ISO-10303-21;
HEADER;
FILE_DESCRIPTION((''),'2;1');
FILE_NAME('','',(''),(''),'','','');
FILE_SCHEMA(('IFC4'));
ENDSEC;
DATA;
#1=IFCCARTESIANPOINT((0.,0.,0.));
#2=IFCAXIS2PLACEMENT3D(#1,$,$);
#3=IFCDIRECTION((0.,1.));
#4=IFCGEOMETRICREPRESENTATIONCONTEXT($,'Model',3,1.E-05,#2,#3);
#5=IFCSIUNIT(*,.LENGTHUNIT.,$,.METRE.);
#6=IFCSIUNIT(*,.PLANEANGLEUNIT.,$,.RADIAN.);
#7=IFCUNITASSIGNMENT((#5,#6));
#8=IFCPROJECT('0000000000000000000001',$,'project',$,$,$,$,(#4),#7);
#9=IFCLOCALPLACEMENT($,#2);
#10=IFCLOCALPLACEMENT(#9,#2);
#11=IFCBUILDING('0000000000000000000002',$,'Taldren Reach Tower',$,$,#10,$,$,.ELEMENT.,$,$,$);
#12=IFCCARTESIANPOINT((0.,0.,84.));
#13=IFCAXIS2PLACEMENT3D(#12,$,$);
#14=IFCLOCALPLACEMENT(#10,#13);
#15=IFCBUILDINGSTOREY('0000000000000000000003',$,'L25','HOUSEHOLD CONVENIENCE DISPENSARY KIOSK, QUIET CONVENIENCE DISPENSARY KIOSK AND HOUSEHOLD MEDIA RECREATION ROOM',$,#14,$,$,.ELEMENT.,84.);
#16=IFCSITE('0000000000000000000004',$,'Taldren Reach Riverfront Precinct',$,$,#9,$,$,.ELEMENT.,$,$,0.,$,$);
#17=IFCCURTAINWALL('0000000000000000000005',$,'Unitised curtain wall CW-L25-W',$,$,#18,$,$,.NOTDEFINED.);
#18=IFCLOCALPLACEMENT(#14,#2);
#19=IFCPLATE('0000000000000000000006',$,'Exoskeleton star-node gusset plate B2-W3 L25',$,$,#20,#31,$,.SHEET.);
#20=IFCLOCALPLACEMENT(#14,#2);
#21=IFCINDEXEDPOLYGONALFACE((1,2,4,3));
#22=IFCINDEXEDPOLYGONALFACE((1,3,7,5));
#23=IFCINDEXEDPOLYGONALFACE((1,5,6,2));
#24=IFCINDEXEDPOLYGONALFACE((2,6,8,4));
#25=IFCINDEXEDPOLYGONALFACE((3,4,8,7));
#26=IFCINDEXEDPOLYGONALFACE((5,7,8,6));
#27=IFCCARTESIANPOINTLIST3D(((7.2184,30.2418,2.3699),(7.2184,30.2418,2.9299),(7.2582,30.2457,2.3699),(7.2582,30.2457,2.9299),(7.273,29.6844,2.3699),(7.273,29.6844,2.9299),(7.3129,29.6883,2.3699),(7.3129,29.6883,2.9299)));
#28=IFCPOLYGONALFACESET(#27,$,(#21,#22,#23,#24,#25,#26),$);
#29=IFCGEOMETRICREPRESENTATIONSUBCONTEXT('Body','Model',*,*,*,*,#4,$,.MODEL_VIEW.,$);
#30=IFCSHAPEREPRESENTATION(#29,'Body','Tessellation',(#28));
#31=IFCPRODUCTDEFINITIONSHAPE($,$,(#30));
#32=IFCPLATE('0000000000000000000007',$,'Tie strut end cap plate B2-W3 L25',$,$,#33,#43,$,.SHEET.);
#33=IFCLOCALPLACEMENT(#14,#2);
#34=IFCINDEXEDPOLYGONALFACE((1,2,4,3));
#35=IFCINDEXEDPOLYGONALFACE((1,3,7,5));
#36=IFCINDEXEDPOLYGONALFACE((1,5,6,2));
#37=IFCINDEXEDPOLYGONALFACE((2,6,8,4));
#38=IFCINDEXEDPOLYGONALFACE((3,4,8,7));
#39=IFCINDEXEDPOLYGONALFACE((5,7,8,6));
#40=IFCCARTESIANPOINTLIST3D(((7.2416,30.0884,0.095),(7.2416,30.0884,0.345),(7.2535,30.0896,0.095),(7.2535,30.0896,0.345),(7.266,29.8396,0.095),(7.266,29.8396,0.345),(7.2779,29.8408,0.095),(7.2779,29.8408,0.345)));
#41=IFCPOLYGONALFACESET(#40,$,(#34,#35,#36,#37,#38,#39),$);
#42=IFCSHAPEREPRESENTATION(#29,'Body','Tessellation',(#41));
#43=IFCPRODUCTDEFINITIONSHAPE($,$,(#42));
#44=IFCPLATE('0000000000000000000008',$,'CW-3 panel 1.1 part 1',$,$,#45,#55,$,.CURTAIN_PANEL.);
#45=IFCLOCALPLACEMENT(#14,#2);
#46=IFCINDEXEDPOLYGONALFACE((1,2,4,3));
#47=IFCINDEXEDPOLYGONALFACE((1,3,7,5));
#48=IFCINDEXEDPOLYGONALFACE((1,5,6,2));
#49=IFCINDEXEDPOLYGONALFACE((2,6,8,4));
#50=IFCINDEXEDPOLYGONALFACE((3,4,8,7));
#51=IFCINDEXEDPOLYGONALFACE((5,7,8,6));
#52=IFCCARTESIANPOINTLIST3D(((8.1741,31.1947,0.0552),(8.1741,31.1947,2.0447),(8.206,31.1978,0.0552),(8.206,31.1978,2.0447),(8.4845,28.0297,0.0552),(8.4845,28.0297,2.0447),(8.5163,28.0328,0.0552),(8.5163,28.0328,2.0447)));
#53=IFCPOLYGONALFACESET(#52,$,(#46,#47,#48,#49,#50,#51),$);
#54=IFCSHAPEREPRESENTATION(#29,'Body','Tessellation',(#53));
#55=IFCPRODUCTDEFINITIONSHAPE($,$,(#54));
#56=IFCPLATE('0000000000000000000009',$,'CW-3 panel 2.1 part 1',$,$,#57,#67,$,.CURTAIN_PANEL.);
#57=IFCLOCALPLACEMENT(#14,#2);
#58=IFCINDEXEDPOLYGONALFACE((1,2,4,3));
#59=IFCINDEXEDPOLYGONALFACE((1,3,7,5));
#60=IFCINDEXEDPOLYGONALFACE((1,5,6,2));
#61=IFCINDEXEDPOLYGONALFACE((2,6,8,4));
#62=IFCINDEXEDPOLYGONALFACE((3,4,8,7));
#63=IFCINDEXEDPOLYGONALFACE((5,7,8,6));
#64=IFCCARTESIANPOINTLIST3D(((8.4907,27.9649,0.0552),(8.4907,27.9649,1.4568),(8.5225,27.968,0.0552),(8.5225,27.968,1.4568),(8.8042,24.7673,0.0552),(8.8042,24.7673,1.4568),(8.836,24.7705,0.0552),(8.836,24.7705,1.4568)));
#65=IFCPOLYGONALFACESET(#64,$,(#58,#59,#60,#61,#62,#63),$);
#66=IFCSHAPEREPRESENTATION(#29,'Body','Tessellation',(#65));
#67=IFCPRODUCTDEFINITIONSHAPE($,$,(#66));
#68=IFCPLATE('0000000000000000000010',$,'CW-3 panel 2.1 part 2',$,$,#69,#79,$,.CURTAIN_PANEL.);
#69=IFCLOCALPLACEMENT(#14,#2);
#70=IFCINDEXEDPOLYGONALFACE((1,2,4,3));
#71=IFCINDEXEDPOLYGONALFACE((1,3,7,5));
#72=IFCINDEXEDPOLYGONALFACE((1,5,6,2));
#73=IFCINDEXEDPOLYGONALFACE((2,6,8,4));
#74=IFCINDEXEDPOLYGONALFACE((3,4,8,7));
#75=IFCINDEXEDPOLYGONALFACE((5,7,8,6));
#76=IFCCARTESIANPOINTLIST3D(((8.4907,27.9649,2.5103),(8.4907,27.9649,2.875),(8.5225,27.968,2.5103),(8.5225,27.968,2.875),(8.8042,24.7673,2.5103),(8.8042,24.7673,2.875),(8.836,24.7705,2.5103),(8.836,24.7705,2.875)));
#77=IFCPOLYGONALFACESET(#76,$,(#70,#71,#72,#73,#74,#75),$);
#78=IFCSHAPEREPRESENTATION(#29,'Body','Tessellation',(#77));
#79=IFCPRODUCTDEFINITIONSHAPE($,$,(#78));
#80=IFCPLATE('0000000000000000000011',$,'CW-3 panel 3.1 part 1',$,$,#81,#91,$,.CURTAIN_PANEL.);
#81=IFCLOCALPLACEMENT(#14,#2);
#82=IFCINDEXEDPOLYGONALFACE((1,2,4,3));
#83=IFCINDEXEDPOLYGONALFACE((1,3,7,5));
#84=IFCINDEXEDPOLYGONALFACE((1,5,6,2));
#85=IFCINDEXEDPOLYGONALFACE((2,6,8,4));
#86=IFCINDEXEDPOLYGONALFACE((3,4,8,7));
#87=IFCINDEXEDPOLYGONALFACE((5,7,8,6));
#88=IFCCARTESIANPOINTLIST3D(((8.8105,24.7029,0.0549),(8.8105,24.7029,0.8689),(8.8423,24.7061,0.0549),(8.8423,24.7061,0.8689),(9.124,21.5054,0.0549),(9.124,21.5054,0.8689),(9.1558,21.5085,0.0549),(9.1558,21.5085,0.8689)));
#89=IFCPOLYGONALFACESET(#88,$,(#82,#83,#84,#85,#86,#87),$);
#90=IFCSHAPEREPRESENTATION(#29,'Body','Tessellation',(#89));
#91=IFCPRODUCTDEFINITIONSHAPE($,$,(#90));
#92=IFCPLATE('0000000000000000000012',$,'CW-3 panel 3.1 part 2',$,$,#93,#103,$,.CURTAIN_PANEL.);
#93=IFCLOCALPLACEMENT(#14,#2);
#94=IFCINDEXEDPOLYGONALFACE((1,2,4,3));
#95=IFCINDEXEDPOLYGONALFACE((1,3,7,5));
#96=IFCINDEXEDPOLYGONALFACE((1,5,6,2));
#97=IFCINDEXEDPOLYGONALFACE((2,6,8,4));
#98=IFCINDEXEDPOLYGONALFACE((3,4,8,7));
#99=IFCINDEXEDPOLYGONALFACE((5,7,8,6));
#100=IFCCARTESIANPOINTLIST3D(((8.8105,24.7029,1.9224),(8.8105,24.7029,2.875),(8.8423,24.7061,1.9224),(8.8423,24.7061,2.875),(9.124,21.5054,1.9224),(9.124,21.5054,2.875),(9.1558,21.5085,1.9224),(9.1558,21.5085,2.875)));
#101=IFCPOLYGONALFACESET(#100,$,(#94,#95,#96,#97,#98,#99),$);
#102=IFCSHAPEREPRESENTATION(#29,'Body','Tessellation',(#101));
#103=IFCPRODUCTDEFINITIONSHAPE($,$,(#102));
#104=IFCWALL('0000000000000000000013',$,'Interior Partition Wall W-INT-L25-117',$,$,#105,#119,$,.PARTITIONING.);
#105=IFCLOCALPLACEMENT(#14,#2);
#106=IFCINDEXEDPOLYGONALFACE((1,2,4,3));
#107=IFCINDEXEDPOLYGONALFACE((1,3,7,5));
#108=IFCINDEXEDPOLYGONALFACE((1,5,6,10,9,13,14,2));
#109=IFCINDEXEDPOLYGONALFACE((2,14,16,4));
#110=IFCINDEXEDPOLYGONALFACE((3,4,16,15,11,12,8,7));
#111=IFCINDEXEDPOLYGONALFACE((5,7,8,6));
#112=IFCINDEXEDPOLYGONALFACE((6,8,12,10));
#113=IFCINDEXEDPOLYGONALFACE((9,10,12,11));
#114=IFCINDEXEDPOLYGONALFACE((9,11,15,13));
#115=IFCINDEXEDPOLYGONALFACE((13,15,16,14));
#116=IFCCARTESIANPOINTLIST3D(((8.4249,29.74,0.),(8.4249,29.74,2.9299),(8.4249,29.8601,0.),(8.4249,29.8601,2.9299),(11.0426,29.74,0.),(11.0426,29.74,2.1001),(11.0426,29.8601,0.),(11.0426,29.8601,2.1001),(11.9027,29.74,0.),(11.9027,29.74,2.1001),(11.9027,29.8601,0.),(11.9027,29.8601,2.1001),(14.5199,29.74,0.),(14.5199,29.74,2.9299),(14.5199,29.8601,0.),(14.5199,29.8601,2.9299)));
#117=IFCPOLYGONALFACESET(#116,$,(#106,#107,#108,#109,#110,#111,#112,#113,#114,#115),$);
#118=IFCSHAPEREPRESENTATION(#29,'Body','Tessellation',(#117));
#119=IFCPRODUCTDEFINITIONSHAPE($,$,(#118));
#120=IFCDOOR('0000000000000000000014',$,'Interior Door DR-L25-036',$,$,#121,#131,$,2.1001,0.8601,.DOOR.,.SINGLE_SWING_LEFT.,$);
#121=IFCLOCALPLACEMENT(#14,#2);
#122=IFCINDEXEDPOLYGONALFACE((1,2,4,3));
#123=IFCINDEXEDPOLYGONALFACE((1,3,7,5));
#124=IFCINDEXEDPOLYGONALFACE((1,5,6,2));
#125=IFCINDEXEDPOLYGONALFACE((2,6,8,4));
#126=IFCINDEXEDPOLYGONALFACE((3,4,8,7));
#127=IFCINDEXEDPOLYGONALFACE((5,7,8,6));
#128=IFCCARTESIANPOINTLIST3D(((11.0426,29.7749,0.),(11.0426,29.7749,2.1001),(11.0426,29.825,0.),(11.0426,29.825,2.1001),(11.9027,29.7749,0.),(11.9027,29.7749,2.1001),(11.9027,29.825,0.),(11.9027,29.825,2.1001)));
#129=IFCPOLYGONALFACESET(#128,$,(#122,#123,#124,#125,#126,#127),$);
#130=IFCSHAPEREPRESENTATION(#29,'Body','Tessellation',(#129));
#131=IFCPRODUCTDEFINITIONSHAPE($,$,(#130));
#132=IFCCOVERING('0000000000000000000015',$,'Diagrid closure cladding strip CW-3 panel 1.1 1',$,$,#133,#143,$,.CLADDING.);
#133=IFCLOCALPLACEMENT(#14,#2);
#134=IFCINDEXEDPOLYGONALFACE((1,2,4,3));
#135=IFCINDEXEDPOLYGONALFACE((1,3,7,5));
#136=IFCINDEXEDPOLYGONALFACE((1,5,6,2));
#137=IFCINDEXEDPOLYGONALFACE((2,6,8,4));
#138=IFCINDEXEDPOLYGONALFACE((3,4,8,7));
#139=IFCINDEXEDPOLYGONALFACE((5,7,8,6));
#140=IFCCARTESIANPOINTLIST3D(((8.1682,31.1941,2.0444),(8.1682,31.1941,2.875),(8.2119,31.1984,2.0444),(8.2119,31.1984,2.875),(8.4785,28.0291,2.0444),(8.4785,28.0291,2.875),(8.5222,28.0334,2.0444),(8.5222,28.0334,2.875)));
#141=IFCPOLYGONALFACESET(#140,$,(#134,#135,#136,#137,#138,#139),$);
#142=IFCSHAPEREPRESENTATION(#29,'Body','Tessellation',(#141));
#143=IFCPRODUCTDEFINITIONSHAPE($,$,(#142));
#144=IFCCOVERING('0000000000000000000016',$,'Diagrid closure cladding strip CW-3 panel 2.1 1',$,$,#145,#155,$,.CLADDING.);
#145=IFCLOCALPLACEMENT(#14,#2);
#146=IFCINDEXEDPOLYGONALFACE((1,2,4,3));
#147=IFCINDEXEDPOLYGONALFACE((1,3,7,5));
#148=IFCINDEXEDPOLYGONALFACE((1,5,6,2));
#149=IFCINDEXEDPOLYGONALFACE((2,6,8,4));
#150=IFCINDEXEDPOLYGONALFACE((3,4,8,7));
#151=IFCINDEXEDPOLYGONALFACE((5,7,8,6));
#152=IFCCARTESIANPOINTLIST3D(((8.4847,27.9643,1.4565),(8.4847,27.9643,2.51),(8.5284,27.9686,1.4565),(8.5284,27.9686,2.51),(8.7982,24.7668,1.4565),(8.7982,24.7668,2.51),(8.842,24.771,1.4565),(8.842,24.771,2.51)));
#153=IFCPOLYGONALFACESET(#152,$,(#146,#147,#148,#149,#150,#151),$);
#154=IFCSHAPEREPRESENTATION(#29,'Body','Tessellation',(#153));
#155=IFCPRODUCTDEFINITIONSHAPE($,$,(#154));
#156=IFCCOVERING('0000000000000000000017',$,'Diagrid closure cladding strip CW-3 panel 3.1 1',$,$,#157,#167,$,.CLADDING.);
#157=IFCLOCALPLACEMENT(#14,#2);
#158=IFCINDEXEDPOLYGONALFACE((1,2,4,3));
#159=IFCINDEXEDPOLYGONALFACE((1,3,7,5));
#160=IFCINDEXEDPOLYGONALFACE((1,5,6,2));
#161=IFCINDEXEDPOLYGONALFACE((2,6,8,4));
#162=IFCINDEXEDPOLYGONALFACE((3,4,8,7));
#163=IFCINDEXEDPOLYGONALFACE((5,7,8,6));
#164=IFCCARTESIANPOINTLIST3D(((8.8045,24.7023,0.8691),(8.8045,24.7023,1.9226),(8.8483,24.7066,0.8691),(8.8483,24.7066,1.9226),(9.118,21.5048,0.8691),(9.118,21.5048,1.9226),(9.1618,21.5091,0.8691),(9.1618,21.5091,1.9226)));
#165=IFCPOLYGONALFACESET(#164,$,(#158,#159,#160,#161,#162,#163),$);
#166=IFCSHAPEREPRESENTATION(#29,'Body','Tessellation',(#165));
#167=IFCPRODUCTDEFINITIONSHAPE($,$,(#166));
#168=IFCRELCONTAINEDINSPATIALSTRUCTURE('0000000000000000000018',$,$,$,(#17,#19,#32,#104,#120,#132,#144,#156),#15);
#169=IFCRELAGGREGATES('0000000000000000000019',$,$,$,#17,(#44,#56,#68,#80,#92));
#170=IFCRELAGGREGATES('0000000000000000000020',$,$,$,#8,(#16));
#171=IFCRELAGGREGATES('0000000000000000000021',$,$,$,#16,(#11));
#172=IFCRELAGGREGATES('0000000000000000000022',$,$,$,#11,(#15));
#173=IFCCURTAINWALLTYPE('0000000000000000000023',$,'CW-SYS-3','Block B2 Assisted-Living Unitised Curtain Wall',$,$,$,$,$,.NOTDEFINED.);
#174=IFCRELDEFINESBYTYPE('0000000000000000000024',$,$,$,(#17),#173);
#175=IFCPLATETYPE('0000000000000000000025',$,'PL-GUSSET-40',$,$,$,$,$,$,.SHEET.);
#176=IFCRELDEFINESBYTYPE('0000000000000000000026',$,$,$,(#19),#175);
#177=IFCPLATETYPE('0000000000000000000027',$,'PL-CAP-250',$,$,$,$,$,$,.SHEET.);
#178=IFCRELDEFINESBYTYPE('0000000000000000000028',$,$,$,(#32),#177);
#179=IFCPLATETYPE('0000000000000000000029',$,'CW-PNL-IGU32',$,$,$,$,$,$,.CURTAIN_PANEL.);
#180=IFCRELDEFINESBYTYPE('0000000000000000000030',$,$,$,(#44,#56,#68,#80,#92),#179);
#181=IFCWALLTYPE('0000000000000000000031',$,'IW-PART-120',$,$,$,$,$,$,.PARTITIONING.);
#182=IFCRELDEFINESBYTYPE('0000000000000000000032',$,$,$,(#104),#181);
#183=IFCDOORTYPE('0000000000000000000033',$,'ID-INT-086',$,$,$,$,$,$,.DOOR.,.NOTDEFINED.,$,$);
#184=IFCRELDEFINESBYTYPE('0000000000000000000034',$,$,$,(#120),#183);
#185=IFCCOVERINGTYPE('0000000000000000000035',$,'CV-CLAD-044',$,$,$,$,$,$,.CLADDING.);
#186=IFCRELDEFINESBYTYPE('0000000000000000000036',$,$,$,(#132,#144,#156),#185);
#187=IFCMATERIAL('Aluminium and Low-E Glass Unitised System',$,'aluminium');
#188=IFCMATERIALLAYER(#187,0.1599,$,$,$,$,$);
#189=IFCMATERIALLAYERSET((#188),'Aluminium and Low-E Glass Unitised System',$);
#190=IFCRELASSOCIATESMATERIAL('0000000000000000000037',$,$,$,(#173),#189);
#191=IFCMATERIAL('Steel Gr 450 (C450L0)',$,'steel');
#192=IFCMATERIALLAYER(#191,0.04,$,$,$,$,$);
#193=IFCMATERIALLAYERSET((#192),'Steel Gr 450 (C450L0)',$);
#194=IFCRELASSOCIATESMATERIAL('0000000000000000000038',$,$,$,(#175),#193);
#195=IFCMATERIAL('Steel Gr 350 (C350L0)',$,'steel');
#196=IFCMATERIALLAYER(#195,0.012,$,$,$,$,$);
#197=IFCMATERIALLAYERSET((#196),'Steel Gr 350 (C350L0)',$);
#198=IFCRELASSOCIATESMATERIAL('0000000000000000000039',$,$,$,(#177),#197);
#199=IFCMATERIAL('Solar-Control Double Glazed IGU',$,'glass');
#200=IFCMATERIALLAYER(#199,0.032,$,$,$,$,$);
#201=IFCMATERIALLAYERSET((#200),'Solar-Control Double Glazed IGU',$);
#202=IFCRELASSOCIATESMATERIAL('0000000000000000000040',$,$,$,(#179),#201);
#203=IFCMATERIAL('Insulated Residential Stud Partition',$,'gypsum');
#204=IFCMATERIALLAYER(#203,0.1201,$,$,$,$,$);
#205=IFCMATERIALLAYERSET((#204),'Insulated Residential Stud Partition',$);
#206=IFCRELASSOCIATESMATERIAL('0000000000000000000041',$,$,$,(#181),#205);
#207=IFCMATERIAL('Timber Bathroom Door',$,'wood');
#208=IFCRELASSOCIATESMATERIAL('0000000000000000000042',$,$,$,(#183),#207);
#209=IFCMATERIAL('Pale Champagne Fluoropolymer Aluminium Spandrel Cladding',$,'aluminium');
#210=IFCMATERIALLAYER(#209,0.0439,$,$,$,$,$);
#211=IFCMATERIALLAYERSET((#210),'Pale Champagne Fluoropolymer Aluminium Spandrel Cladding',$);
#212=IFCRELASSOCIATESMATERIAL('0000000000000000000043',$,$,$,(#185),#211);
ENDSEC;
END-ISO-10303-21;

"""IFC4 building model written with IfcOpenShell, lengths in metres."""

from ifc_helpers import new_model, si_unit, direction, frame, frame_2d, origin, origin_2d, place, context, subcontext, project, spatial, rectangle, extrude, source, transform, mapped, material, layer, layer_set, type_object, element, fill, aggregate, save


model = new_model("IFC4")

# Units and contexts
model_context = context("Model", 3, precision=1e-05, world=origin(), true_north=direction((0.0, 1.0)))
body_context = subcontext(model_context, "Body", "Model", "MODEL_VIEW")
ifc_project = project(units=[si_unit("LENGTHUNIT", "METRE"), si_unit("PLANEANGLEUNIT", "RADIAN")], contexts=[model_context])

# Site, building, storey
site_placement = place(None, origin())
site = spatial("IfcSite", under=ifc_project, at=site_placement, Name="Taldren Reach Riverfront Precinct", CompositionType="ELEMENT", RefElevation=0.0)
building_placement = place(site_placement, origin())
building = spatial("IfcBuilding", under=site, at=building_placement, Name="Taldren Reach Tower", CompositionType="ELEMENT")
storey_placement = place(building_placement, frame((0.0, 0.0, 84.0)))
storey = spatial("IfcBuildingStorey", under=building, at=storey_placement, Name="L25", Description="HOUSEHOLD CONVENIENCE DISPENSARY KIOSK, QUIET CONVENIENCE DISPENSARY KIOSK AND HOUSEHOLD MEDIA RECREATION ROOM", CompositionType="ELEMENT", Elevation=84.0)

# Shared definitions
ifc_material_1 = material(Name="Steel Gr 450 (C450L0)", Category="steel")

# Curtain wall
ifc_material_2 = material(Name="Aluminium and Low-E Glass Unitised System", Category="aluminium")
ifc_layer_1 = layer(ifc_material_2, 0.1599)
ifc_layer_set_1 = layer_set([ifc_layer_1], Name="Aluminium and Low-E Glass Unitised System")
curtain_wall_type = type_object("IfcCurtainWallType", Name="CW-SYS-3", Description="Block B2 Assisted-Living Unitised Curtain Wall", PredefinedType="NOTDEFINED", material=ifc_layer_set_1)
curtain_wall_placement = place(storey_placement, origin())
curtain_wall = element("IfcCurtainWall", 1, at=curtain_wall_placement, inside=storey, type_object=curtain_wall_type, Name="Unitised curtain wall CW-L25-W", PredefinedType="NOTDEFINED")

# Plates
ifc_layer_2 = layer(ifc_material_1, 0.04)
ifc_layer_set_2 = layer_set([ifc_layer_2], Name="Steel Gr 450 (C450L0)")
plate_type_1 = type_object("IfcPlateType", Name="PL-GUSSET-40", PredefinedType="SHEET", material=ifc_layer_set_2)
shared_shape_1 = source(origin(), body_context, "Body", "SweptSolid", [
    extrude(rectangle(XDim=0.5601, YDim=0.04, at=origin_2d()), origin(), (0.0, 0.0, 1.0), 0.5601),
])
plate_1_placement = place(storey_placement, frame((7.2656, 29.9651, 2.3699), z_axis=(0.0, 0.0, 1.0), x_axis=(-0.097583, 0.995227, 0.0)))
element("IfcPlate", 2, at=plate_1_placement, inside=storey, type_object=plate_type_1, Name="Exoskeleton star-node gusset plate B2-W3 L25", PredefinedType="SHEET", context=body_context, shape_type="MappedRepresentation", body=[
    mapped(shared_shape_1, transform((0.0, 0.0, 0.0), scale=1.0)),
])
ifc_material_3 = material(Name="Steel Gr 350 (C350L0)", Category="steel")
ifc_layer_3 = layer(ifc_material_3, 0.012)
ifc_layer_set_3 = layer_set([ifc_layer_3], Name="Steel Gr 350 (C350L0)")
plate_type_2 = type_object("IfcPlateType", Name="PL-CAP-250", PredefinedType="SHEET", material=ifc_layer_set_3)
shared_shape_2 = source(origin(), body_context, "Body", "SweptSolid", [
    extrude(rectangle(XDim=0.012, YDim=0.25, at=origin_2d()), origin(), (0.0, 0.0, 1.0), 0.25),
])
plate_2_placement = place(storey_placement, frame((7.2598, 29.9646, 0.095), z_axis=(0.0, 0.0, 1.0), x_axis=(0.995227, 0.097583, 0.0)))
element("IfcPlate", 3, at=plate_2_placement, inside=storey, type_object=plate_type_2, Name="Tie strut end cap plate B2-W3 L25", PredefinedType="SHEET", context=body_context, shape_type="MappedRepresentation", body=[
    mapped(shared_shape_2, transform((0.0, 0.0, 0.0), scale=1.0)),
])

# Plates
ifc_material_4 = material(Name="Solar-Control Double Glazed IGU", Category="glass")
ifc_layer_4 = layer(ifc_material_4, 0.032)
ifc_layer_set_4 = layer_set([ifc_layer_4], Name="Solar-Control Double Glazed IGU")
plate_type_3 = type_object("IfcPlateType", Name="CW-PNL-IGU32", PredefinedType="CURTAIN_PANEL", material=ifc_layer_set_4)
shared_shape_3 = source(origin(), body_context, "Body", "SweptSolid", [
    extrude(rectangle(XDim=3.1802, YDim=0.032, at=origin_2d()), origin(), (0.0, 0.0, 1.0), 1.9895),
])
plate_3_placement = place(storey_placement, frame((8.3452, 29.6138, 0.0552), z_axis=(0.0, 0.0, 1.0), x_axis=(0.097583, -0.995227, 0.0)))
plate_3 = element("IfcPlate", 4, at=plate_3_placement, type_object=plate_type_3, Name="CW-3 panel 1.1 part 1", PredefinedType="CURTAIN_PANEL", context=body_context, shape_type="MappedRepresentation", body=[
    mapped(shared_shape_3, transform((0.0, 0.0, 0.0), scale=1.0)),
])
shared_shape_4 = source(origin(), body_context, "Body", "SweptSolid", [
    extrude(rectangle(XDim=3.2129, YDim=0.032, at=origin_2d()), origin(), (0.0, 0.0, 1.0), 1.4016),
])
plate_4_placement = place(storey_placement, frame((8.6633, 26.3677, 0.0552), z_axis=(0.0, 0.0, 1.0), x_axis=(0.097583, -0.995227, 0.0)))
plate_4 = element("IfcPlate", 5, at=plate_4_placement, type_object=plate_type_3, Name="CW-3 panel 2.1 part 1", PredefinedType="CURTAIN_PANEL", context=body_context, shape_type="MappedRepresentation", body=[
    mapped(shared_shape_4, transform((0.0, 0.0, 0.0), scale=1.0)),
])
shared_shape_5 = source(origin(), body_context, "Body", "SweptSolid", [
    extrude(rectangle(XDim=3.2129, YDim=0.032, at=origin_2d()), origin(), (0.0, 0.0, 1.0), 0.3647),
])
plate_5_placement = place(storey_placement, frame((8.6633, 26.3677, 2.5103), z_axis=(0.0, 0.0, 1.0), x_axis=(0.097583, -0.995227, 0.0)))
plate_5 = element("IfcPlate", 6, at=plate_5_placement, type_object=plate_type_3, Name="CW-3 panel 2.1 part 2", PredefinedType="CURTAIN_PANEL", context=body_context, shape_type="MappedRepresentation", body=[
    mapped(shared_shape_5, transform((0.0, 0.0, 0.0), scale=1.0)),
])
shared_shape_6 = source(origin(), body_context, "Body", "SweptSolid", [
    extrude(rectangle(XDim=3.2129, YDim=0.032, at=origin_2d()), origin(), (0.0, 0.0, 1.0), 0.814),
])
plate_6_placement = place(storey_placement, frame((8.9832, 23.1057, 0.0549), z_axis=(0.0, 0.0, 1.0), x_axis=(0.097583, -0.995227, 0.0)))
plate_6 = element("IfcPlate", 7, at=plate_6_placement, type_object=plate_type_3, Name="CW-3 panel 3.1 part 1", PredefinedType="CURTAIN_PANEL", context=body_context, shape_type="MappedRepresentation", body=[
    mapped(shared_shape_6, transform((0.0, 0.0, 0.0), scale=1.0)),
])
shared_shape_7 = source(origin(), body_context, "Body", "SweptSolid", [
    extrude(rectangle(XDim=3.2129, YDim=0.032, at=origin_2d()), origin(), (0.0, 0.0, 1.0), 0.9526),
])
plate_7_placement = place(storey_placement, frame((8.9832, 23.1057, 1.9224), z_axis=(0.0, 0.0, 1.0), x_axis=(0.097583, -0.995227, 0.0)))
plate_7 = element("IfcPlate", 8, at=plate_7_placement, type_object=plate_type_3, Name="CW-3 panel 3.1 part 2", PredefinedType="CURTAIN_PANEL", context=body_context, shape_type="MappedRepresentation", body=[
    mapped(shared_shape_7, transform((0.0, 0.0, 0.0), scale=1.0)),
])
aggregate(curtain_wall, [plate_3, plate_4, plate_5, plate_6, plate_7])

# Wall, opening, door
ifc_material_5 = material(Name="Insulated Residential Stud Partition", Category="gypsum")
ifc_layer_5 = layer(ifc_material_5, 0.1201)
ifc_layer_set_5 = layer_set([ifc_layer_5], Name="Insulated Residential Stud Partition")
wall_type = type_object("IfcWallType", Name="IW-PART-120", PredefinedType="PARTITIONING", material=ifc_layer_set_5)
shared_shape_8 = source(origin(), body_context, "Body", "SweptSolid", [
    extrude(rectangle(XDim=6.095, YDim=0.1201, at=frame_2d((3.0474, 0.0))), origin(), (0.0, 0.0, 1.0), 2.9299),
])
wall_placement = place(storey_placement, frame((8.425, 29.8, 0.0), z_axis=(0.0, 0.0, 1.0), x_axis=(1.0, 0.0, 0.0)))
wall = element("IfcWall", 9, at=wall_placement, inside=storey, type_object=wall_type, Name="Interior Partition Wall W-INT-L25-117", PredefinedType="PARTITIONING", context=body_context, shape_type="MappedRepresentation", body=[
    mapped(shared_shape_8, transform((0.0, 0.0, 0.0), scale=1.0)),
])
shared_shape_9 = source(origin(), body_context, "Body", "SweptSolid", [
    extrude(rectangle(XDim=0.8601, YDim=2.1001, at=frame_2d((0.4302, 1.05))), frame((0.0, 0.0701, 0.0), z_axis=(0.0, -1.0, 0.0), x_axis=(1.0, 0.0, 0.0)), (0.0, 0.0, 1.0), 0.1401),
])
opening_placement = place(wall_placement, frame((2.6174, 0.0, 0.0)))
opening = element("IfcOpeningElement", 10, at=opening_placement, cuts=wall, PredefinedType="OPENING", context=body_context, shape_type="MappedRepresentation", body=[
    mapped(shared_shape_9, transform((0.0, 0.0, 0.0), scale=1.0)),
])
ifc_material_6 = material(Name="Timber Bathroom Door", Category="wood")
door_type = type_object("IfcDoorType", Name="ID-INT-086", OperationType="NOTDEFINED", PredefinedType="DOOR", material=ifc_material_6)
shared_shape_10 = source(origin(), body_context, "Body", "SweptSolid", [
    extrude(rectangle(XDim=0.8601, YDim=2.1001, at=frame_2d((0.4302, 1.05))), frame((0.0, 0.0249, 0.0), z_axis=(0.0, -1.0, 0.0), x_axis=(1.0, 0.0, 0.0)), (0.0, 0.0, 1.0), 0.05),
])
door_placement = place(opening_placement, origin())
door = element("IfcDoor", 11, at=door_placement, inside=storey, type_object=door_type, Name="Interior Door DR-L25-036", OperationType="SINGLE_SWING_LEFT", OverallHeight=2.1001, OverallWidth=0.8601, PredefinedType="DOOR", context=body_context, shape_type="MappedRepresentation", body=[
    mapped(shared_shape_10, transform((0.0, 0.0, 0.0), scale=1.0)),
])
fill(opening, door)

# Coverings
ifc_material_7 = material(Name="Pale Champagne Fluoropolymer Aluminium Spandrel Cladding", Category="aluminium")
ifc_layer_6 = layer(ifc_material_7, 0.0439)
ifc_layer_set_6 = layer_set([ifc_layer_6], Name="Pale Champagne Fluoropolymer Aluminium Spandrel Cladding")
covering_type = type_object("IfcCoveringType", Name="CV-CLAD-044", PredefinedType="CLADDING", material=ifc_layer_set_6)
shared_shape_11 = source(origin(), body_context, "Body", "SweptSolid", [
    extrude(rectangle(XDim=3.1802, YDim=0.0439, at=origin_2d()), origin(), (0.0, 0.0, 1.0), 0.8306),
])
covering_placement = place(storey_placement, frame((8.3452, 29.6138, 2.0444), z_axis=(0.0, 0.0, 1.0), x_axis=(0.097583, -0.995227, 0.0)))
element("IfcCovering", 12, at=covering_placement, inside=storey, type_object=covering_type, Name="Diagrid closure cladding strip CW-3 panel 1.1 1", PredefinedType="CLADDING", context=body_context, shape_type="MappedRepresentation", body=[
    mapped(shared_shape_11, transform((0.0, 0.0, 0.0), scale=1.0)),
])
shared_shape_12 = source(origin(), body_context, "Body", "SweptSolid", [
    extrude(rectangle(XDim=3.2129, YDim=0.0439, at=origin_2d()), origin(), (0.0, 0.0, 1.0), 1.0535),
])
for number, where, z_axis, x_axis, name in (
    (13, (8.6633, 26.3677, 1.4565), (0.0, 0.0, 1.0), (0.097583, -0.995227, 0.0), "Diagrid closure cladding strip CW-3 panel 2.1 1"),
    (14, (8.9832, 23.1057, 0.8691), (0.0, 0.0, 1.0), (0.097583, -0.995227, 0.0), "Diagrid closure cladding strip CW-3 panel 3.1 1"),
):
    element("IfcCovering", number, at=place(storey_placement, frame(where, z_axis=z_axis, x_axis=x_axis)), inside=storey, type_object=covering_type, Name=name, PredefinedType="CLADDING", context=body_context, shape_type="MappedRepresentation", body=[
        mapped(shared_shape_12, transform((0.0, 0.0, 0.0), scale=1.0)),
    ])

save(model, "model.ifc")
